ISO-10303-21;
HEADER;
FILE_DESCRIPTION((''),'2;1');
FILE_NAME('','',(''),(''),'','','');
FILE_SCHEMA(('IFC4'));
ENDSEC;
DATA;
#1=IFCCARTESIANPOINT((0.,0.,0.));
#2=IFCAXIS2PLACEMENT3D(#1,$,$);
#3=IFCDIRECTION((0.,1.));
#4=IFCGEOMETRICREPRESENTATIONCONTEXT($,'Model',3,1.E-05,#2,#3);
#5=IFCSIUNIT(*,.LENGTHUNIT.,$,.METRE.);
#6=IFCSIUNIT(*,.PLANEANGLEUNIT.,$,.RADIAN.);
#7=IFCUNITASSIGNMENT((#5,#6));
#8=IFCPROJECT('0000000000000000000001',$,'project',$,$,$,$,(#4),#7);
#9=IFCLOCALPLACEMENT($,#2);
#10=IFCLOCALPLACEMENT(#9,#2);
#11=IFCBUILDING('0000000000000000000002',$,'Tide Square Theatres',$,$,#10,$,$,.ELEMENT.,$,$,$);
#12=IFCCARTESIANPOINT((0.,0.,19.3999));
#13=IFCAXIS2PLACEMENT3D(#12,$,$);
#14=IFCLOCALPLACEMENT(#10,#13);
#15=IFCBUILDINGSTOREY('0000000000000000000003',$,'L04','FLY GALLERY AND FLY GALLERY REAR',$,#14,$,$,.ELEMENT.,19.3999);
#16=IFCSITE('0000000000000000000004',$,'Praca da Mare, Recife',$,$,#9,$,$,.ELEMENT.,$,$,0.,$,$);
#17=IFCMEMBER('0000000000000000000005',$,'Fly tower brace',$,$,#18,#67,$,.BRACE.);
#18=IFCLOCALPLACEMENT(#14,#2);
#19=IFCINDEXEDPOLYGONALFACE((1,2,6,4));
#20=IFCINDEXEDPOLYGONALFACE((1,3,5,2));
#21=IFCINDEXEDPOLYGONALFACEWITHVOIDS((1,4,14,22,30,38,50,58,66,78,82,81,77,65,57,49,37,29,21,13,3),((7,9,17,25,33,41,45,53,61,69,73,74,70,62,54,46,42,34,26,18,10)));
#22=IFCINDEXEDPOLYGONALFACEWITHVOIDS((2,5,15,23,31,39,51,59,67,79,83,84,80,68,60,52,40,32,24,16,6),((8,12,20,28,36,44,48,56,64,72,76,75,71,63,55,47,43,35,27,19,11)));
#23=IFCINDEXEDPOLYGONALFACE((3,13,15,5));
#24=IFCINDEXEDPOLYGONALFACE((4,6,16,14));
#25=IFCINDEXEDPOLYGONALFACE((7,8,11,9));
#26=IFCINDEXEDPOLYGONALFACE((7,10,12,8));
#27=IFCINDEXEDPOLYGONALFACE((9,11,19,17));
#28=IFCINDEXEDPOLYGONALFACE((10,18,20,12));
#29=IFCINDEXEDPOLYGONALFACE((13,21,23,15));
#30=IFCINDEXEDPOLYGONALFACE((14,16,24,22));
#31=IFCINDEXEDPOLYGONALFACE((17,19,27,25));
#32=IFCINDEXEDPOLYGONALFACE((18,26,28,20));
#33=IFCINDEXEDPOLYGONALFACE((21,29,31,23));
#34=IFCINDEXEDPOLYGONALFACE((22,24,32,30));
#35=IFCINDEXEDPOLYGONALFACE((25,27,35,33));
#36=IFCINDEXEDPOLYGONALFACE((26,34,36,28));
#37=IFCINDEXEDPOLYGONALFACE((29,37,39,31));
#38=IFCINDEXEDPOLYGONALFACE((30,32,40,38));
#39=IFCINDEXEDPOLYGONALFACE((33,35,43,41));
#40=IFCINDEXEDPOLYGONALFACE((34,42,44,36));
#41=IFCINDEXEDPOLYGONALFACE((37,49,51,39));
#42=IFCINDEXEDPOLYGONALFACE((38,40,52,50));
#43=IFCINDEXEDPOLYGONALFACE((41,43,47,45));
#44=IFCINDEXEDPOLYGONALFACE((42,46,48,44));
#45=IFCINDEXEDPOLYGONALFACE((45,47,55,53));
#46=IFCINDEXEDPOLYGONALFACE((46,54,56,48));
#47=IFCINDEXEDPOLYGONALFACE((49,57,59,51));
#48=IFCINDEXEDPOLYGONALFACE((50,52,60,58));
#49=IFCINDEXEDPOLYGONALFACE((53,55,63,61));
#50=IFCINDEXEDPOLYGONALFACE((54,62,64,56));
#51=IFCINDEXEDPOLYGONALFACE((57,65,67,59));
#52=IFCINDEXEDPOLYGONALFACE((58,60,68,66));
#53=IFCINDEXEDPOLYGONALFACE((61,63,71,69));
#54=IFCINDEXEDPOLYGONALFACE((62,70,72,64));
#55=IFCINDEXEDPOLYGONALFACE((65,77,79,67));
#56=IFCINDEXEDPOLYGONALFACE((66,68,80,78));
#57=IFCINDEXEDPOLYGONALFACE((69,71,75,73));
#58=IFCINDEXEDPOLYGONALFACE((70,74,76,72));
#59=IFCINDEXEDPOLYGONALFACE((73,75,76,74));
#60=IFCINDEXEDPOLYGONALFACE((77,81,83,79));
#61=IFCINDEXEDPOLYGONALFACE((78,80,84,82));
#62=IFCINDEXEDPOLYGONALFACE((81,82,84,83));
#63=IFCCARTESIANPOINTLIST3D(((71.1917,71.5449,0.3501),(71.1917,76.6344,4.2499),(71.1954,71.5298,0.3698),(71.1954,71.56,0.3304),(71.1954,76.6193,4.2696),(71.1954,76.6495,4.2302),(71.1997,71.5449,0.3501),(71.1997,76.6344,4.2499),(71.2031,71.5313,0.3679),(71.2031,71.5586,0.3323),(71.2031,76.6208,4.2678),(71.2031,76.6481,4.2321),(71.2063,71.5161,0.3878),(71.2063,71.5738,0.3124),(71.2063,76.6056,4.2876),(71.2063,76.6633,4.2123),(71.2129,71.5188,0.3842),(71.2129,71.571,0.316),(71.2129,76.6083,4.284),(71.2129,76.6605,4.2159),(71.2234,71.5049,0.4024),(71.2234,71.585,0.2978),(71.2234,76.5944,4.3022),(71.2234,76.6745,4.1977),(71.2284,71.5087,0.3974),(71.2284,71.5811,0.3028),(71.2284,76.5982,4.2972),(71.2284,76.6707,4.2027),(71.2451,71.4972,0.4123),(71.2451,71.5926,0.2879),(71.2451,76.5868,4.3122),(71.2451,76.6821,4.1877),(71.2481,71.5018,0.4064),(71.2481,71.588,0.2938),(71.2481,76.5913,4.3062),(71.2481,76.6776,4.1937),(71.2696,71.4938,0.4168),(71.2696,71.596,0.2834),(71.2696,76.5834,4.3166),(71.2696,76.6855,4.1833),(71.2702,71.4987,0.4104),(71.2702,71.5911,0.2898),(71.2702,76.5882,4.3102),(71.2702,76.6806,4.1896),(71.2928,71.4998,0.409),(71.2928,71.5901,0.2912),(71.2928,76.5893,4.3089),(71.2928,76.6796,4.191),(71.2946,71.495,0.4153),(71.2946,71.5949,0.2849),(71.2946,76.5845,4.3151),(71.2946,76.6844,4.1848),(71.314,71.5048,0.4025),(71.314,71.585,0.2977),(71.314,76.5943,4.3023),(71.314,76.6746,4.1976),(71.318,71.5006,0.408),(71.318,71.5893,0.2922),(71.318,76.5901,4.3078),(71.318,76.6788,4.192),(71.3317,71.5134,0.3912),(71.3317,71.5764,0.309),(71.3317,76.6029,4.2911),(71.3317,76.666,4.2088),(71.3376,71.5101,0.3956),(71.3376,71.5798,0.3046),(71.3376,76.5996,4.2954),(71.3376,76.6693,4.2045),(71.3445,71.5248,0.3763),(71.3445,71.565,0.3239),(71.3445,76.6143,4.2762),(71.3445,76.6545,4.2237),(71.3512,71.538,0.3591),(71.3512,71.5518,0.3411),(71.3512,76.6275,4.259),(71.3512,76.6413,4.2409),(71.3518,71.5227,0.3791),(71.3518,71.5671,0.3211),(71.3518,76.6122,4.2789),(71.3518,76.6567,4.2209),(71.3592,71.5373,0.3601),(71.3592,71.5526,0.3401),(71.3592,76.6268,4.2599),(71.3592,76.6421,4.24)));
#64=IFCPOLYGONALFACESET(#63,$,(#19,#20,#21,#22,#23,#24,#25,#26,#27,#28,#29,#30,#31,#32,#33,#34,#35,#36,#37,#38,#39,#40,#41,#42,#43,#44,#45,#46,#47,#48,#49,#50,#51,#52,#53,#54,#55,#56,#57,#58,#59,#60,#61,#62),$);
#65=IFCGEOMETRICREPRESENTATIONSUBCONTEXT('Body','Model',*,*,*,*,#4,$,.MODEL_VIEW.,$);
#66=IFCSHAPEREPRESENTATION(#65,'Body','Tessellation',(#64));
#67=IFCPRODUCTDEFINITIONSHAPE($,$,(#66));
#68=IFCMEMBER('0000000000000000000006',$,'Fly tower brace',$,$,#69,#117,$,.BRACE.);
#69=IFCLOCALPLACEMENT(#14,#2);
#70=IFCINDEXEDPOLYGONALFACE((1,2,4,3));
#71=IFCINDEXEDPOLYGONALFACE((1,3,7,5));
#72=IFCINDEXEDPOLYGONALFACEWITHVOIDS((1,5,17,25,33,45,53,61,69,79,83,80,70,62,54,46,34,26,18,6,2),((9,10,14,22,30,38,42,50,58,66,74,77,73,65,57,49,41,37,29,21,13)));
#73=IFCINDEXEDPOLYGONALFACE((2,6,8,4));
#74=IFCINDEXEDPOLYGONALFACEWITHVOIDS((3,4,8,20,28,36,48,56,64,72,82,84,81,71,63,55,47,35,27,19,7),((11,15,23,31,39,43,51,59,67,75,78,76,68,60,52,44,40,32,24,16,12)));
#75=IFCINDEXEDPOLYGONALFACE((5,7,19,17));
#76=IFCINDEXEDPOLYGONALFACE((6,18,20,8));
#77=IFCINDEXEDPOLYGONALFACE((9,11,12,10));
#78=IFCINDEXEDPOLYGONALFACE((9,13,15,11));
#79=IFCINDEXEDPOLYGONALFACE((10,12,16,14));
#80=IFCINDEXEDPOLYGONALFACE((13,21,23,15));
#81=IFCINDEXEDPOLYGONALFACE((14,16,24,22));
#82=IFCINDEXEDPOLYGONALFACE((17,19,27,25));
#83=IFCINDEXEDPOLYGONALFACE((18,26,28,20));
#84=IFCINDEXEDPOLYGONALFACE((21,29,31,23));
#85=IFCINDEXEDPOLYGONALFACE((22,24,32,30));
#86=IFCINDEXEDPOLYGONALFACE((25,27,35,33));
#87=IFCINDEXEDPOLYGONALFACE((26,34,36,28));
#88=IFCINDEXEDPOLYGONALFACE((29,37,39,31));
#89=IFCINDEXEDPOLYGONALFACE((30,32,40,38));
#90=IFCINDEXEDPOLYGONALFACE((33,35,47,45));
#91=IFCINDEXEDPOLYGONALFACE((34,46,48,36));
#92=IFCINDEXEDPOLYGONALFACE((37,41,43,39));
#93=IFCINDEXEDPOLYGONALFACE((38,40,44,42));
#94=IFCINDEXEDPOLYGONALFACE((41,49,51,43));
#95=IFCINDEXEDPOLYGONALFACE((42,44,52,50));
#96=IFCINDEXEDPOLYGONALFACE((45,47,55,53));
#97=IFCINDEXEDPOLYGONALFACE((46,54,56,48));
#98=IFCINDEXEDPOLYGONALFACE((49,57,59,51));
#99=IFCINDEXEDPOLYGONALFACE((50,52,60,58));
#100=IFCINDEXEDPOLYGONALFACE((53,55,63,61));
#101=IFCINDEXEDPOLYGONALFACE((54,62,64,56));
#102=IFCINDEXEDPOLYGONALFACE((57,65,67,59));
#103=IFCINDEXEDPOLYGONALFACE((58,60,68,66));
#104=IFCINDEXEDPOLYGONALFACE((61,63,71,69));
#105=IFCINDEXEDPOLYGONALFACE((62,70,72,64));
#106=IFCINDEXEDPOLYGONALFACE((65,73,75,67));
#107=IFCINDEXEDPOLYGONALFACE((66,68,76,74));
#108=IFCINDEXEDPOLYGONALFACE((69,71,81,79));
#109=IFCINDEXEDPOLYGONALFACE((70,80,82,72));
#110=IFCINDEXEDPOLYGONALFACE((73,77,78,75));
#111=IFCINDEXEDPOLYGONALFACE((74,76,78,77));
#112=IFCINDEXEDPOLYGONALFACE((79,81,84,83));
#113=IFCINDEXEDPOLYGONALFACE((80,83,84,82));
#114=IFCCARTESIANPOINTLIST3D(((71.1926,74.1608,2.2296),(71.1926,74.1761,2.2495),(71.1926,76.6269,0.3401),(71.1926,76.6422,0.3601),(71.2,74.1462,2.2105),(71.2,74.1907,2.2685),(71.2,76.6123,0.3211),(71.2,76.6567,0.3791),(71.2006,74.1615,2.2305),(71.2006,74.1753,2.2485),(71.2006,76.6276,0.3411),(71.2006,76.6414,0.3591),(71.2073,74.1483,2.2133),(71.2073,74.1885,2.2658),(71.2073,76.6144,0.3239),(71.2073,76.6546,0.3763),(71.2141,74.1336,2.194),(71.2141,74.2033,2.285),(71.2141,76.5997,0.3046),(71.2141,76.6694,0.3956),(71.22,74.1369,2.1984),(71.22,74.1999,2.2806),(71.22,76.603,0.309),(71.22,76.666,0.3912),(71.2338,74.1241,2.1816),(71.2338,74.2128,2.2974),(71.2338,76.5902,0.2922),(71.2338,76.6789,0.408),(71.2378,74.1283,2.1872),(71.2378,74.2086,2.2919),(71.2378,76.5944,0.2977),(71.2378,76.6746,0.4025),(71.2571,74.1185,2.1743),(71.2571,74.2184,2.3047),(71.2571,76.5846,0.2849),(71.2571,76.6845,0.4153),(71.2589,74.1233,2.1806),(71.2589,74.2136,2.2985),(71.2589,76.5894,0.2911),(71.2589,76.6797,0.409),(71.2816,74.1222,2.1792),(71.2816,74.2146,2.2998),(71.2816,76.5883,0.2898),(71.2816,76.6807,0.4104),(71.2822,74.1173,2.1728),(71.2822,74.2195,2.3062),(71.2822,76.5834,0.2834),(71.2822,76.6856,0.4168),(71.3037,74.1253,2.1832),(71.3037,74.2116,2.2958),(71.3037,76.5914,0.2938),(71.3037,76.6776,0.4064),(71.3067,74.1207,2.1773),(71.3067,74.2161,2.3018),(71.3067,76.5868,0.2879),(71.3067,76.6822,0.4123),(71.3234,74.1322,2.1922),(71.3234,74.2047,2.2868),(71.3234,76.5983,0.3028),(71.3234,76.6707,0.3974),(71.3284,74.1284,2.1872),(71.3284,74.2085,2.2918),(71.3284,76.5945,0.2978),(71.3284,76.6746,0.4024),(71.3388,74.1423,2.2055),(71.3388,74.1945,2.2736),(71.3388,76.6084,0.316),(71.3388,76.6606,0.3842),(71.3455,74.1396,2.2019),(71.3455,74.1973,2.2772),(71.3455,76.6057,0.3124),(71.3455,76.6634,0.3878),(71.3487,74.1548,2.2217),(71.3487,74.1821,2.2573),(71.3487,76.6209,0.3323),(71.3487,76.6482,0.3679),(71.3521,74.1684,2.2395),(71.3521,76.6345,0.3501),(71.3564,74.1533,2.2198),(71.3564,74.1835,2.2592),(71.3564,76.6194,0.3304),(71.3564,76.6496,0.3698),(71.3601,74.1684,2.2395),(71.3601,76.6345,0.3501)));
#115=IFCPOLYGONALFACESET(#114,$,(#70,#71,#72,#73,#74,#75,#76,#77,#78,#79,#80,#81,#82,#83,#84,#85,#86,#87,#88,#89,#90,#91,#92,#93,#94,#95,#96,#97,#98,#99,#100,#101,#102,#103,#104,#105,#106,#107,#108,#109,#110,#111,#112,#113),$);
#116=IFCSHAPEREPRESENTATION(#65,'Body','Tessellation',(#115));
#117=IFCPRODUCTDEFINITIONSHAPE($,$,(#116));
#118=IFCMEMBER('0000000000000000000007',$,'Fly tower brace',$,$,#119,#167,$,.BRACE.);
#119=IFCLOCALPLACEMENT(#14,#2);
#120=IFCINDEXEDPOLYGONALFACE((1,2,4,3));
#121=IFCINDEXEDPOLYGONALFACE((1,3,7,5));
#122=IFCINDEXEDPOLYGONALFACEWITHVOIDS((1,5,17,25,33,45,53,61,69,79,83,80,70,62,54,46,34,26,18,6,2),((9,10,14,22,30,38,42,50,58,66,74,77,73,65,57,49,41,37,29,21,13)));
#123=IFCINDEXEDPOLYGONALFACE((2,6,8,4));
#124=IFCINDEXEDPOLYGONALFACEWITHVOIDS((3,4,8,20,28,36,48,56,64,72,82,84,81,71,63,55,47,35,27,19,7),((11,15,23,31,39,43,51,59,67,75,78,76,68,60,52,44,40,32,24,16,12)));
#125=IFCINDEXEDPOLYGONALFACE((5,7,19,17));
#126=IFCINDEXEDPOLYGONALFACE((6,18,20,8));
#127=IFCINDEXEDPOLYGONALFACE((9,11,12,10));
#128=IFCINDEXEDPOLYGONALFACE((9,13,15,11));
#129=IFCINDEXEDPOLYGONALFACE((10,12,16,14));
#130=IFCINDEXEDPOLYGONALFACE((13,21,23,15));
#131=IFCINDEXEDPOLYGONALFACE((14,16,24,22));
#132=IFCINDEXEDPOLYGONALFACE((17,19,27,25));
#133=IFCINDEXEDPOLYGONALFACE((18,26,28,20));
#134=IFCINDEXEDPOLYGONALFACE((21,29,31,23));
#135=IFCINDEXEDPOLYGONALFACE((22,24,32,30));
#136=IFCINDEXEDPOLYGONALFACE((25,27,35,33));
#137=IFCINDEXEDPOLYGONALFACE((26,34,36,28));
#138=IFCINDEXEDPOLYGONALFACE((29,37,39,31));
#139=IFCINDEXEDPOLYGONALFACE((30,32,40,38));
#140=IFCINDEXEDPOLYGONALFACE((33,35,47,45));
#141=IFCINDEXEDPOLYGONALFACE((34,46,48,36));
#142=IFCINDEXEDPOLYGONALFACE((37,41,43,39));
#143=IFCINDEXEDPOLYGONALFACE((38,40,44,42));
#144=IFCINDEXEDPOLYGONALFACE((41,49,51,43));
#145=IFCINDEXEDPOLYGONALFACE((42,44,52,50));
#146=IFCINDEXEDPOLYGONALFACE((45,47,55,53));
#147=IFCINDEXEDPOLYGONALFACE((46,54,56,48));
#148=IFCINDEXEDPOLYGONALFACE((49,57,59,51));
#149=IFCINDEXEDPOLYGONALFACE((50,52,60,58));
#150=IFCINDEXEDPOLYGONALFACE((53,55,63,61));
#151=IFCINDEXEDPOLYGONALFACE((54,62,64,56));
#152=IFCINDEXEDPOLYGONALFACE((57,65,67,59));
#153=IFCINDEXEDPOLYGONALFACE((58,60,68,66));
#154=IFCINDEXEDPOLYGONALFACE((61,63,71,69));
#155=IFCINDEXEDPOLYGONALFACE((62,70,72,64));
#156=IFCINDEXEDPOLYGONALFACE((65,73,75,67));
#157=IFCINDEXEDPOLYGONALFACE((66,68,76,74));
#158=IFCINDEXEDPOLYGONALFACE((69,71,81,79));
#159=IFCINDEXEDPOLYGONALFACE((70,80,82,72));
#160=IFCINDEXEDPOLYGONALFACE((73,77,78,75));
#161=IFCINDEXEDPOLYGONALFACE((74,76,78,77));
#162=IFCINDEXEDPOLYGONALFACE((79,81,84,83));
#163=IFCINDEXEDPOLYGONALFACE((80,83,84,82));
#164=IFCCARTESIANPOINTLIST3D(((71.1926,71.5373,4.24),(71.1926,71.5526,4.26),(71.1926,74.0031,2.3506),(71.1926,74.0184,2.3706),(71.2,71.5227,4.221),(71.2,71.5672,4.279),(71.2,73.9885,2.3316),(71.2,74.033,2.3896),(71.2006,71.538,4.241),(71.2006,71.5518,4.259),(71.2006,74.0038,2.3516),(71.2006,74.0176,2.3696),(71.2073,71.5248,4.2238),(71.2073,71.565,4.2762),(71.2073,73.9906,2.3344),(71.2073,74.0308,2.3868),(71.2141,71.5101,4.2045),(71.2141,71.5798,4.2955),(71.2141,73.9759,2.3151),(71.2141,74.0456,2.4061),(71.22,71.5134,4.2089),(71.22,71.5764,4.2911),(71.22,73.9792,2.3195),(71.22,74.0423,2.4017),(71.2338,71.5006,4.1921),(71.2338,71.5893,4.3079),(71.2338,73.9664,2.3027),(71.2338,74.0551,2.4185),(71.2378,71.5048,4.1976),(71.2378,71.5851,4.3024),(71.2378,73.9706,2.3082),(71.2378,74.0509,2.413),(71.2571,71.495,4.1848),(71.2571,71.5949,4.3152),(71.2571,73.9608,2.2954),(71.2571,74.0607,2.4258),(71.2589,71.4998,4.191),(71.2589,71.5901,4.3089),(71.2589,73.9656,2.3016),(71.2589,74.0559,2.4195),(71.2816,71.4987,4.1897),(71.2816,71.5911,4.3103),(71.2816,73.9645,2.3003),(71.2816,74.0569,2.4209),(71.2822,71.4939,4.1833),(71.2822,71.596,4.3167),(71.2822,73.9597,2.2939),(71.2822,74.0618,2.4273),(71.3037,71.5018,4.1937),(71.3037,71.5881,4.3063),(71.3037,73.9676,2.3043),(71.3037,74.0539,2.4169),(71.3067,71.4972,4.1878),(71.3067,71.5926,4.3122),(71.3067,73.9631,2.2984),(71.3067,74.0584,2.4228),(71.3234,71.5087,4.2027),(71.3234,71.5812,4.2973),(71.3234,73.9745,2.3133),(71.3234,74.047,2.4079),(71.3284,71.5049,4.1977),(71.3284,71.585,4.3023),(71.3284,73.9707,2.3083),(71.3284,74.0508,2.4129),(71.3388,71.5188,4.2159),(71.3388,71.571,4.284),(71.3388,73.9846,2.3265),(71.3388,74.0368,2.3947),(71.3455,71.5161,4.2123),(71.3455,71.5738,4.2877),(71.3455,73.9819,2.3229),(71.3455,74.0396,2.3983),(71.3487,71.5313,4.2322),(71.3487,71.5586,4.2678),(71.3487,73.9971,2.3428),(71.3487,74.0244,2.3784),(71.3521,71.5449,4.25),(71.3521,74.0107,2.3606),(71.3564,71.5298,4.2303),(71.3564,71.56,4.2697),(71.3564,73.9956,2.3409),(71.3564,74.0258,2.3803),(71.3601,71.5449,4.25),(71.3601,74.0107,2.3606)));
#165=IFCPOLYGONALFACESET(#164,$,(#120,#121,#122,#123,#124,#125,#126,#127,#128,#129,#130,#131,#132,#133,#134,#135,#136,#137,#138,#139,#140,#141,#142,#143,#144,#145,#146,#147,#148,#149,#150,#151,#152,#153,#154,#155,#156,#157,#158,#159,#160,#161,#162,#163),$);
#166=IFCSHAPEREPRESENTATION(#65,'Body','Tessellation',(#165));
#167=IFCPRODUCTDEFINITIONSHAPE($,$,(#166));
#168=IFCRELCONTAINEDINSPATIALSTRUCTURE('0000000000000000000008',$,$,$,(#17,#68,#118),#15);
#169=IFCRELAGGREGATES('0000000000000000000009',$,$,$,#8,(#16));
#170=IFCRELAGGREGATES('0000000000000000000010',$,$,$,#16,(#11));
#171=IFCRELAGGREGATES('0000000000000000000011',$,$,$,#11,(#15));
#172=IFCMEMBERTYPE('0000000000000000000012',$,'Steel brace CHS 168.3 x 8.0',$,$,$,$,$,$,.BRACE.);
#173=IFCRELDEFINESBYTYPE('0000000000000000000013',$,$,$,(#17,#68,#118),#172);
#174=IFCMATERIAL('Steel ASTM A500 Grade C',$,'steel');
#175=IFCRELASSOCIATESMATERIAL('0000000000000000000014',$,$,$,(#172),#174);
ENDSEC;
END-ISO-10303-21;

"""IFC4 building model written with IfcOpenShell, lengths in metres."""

from ifc_helpers import new_model, si_unit, direction, frame, origin, origin_2d, place, context, subcontext, project, spatial, hollow_circle, extrude, material, material_profile, profile_set, type_object, element, save


model = new_model("IFC4")

# Units and contexts
model_context = context("Model", 3, precision=1e-05, world=origin(), true_north=direction((0.0, 1.0)))
body_context = subcontext(model_context, "Body", "Model", "MODEL_VIEW")
ifc_project = project(units=[si_unit("LENGTHUNIT", "METRE"), si_unit("PLANEANGLEUNIT", "RADIAN")], contexts=[model_context])

# Site, building, storey
site_placement = place(None, origin())
site = spatial("IfcSite", under=ifc_project, at=site_placement, Name="Praca da Mare, Recife", CompositionType="ELEMENT", RefElevation=0.0)
building_placement = place(site_placement, origin())
building = spatial("IfcBuilding", under=site, at=building_placement, Name="Tide Square Theatres", CompositionType="ELEMENT")
storey_placement = place(building_placement, frame((0.0, 0.0, 19.3999)))
storey = spatial("IfcBuildingStorey", under=building, at=storey_placement, Name="L04", Description="FLY GALLERY AND FLY GALLERY REAR", CompositionType="ELEMENT", Elevation=19.3999)

# Members
ifc_material_1 = material(Name="Steel ASTM A500 Grade C", Category="steel")
ifc_material_profile_1 = material_profile(ifc_material_1, hollow_circle(Radius=0.0842, WallThickness=0.0081, at=origin_2d()))
ifc_profile_set_1 = profile_set([ifc_material_profile_1], Name="Steel ASTM A500 Grade C")
member_type = type_object("IfcMemberType", Name="Steel brace CHS 168.3 x 8.0", PredefinedType="BRACE", material=ifc_profile_set_1)
member_1_placement = place(storey_placement, frame((71.2759, 71.5449, 0.3501), z_axis=(0.0, 0.793766, 0.608223), x_axis=(-1.0, 0.0, 0.0)))
element("IfcMember", 1, at=member_1_placement, inside=storey, type_object=member_type, Name="Fly tower brace", PredefinedType="BRACE", context=body_context, shape_type="SweptSolid", body=[
    extrude(hollow_circle(Radius=0.0842, WallThickness=0.0081, at=origin_2d()), origin(), (0.0, 0.0, 1.0), 6.4119),
])
member_2_placement = place(storey_placement, frame((71.2759, 76.6345, 0.3501), z_axis=(0.0, -0.7938, 0.608179), x_axis=(1.0, 0.0, 0.0)))
element("IfcMember", 2, at=member_2_placement, inside=storey, type_object=member_type, Name="Fly tower brace", PredefinedType="BRACE", context=body_context, shape_type="SweptSolid", body=[
    extrude(hollow_circle(Radius=0.0842, WallThickness=0.0081, at=origin_2d()), origin(), (0.0, 0.0, 1.0), 3.1067),
])
member_3_placement = place(storey_placement, frame((71.2759, 74.0107, 2.3606), z_axis=(0.0, -0.793771, 0.608217), x_axis=(1.0, 0.0, 0.0)))
element("IfcMember", 3, at=member_3_placement, inside=storey, type_object=member_type, Name="Fly tower brace", PredefinedType="BRACE", context=body_context, shape_type="SweptSolid", body=[
    extrude(hollow_circle(Radius=0.0842, WallThickness=0.0081, at=origin_2d()), origin(), (0.0, 0.0, 1.0), 3.1064),
])

save(model, "model.ifc")
